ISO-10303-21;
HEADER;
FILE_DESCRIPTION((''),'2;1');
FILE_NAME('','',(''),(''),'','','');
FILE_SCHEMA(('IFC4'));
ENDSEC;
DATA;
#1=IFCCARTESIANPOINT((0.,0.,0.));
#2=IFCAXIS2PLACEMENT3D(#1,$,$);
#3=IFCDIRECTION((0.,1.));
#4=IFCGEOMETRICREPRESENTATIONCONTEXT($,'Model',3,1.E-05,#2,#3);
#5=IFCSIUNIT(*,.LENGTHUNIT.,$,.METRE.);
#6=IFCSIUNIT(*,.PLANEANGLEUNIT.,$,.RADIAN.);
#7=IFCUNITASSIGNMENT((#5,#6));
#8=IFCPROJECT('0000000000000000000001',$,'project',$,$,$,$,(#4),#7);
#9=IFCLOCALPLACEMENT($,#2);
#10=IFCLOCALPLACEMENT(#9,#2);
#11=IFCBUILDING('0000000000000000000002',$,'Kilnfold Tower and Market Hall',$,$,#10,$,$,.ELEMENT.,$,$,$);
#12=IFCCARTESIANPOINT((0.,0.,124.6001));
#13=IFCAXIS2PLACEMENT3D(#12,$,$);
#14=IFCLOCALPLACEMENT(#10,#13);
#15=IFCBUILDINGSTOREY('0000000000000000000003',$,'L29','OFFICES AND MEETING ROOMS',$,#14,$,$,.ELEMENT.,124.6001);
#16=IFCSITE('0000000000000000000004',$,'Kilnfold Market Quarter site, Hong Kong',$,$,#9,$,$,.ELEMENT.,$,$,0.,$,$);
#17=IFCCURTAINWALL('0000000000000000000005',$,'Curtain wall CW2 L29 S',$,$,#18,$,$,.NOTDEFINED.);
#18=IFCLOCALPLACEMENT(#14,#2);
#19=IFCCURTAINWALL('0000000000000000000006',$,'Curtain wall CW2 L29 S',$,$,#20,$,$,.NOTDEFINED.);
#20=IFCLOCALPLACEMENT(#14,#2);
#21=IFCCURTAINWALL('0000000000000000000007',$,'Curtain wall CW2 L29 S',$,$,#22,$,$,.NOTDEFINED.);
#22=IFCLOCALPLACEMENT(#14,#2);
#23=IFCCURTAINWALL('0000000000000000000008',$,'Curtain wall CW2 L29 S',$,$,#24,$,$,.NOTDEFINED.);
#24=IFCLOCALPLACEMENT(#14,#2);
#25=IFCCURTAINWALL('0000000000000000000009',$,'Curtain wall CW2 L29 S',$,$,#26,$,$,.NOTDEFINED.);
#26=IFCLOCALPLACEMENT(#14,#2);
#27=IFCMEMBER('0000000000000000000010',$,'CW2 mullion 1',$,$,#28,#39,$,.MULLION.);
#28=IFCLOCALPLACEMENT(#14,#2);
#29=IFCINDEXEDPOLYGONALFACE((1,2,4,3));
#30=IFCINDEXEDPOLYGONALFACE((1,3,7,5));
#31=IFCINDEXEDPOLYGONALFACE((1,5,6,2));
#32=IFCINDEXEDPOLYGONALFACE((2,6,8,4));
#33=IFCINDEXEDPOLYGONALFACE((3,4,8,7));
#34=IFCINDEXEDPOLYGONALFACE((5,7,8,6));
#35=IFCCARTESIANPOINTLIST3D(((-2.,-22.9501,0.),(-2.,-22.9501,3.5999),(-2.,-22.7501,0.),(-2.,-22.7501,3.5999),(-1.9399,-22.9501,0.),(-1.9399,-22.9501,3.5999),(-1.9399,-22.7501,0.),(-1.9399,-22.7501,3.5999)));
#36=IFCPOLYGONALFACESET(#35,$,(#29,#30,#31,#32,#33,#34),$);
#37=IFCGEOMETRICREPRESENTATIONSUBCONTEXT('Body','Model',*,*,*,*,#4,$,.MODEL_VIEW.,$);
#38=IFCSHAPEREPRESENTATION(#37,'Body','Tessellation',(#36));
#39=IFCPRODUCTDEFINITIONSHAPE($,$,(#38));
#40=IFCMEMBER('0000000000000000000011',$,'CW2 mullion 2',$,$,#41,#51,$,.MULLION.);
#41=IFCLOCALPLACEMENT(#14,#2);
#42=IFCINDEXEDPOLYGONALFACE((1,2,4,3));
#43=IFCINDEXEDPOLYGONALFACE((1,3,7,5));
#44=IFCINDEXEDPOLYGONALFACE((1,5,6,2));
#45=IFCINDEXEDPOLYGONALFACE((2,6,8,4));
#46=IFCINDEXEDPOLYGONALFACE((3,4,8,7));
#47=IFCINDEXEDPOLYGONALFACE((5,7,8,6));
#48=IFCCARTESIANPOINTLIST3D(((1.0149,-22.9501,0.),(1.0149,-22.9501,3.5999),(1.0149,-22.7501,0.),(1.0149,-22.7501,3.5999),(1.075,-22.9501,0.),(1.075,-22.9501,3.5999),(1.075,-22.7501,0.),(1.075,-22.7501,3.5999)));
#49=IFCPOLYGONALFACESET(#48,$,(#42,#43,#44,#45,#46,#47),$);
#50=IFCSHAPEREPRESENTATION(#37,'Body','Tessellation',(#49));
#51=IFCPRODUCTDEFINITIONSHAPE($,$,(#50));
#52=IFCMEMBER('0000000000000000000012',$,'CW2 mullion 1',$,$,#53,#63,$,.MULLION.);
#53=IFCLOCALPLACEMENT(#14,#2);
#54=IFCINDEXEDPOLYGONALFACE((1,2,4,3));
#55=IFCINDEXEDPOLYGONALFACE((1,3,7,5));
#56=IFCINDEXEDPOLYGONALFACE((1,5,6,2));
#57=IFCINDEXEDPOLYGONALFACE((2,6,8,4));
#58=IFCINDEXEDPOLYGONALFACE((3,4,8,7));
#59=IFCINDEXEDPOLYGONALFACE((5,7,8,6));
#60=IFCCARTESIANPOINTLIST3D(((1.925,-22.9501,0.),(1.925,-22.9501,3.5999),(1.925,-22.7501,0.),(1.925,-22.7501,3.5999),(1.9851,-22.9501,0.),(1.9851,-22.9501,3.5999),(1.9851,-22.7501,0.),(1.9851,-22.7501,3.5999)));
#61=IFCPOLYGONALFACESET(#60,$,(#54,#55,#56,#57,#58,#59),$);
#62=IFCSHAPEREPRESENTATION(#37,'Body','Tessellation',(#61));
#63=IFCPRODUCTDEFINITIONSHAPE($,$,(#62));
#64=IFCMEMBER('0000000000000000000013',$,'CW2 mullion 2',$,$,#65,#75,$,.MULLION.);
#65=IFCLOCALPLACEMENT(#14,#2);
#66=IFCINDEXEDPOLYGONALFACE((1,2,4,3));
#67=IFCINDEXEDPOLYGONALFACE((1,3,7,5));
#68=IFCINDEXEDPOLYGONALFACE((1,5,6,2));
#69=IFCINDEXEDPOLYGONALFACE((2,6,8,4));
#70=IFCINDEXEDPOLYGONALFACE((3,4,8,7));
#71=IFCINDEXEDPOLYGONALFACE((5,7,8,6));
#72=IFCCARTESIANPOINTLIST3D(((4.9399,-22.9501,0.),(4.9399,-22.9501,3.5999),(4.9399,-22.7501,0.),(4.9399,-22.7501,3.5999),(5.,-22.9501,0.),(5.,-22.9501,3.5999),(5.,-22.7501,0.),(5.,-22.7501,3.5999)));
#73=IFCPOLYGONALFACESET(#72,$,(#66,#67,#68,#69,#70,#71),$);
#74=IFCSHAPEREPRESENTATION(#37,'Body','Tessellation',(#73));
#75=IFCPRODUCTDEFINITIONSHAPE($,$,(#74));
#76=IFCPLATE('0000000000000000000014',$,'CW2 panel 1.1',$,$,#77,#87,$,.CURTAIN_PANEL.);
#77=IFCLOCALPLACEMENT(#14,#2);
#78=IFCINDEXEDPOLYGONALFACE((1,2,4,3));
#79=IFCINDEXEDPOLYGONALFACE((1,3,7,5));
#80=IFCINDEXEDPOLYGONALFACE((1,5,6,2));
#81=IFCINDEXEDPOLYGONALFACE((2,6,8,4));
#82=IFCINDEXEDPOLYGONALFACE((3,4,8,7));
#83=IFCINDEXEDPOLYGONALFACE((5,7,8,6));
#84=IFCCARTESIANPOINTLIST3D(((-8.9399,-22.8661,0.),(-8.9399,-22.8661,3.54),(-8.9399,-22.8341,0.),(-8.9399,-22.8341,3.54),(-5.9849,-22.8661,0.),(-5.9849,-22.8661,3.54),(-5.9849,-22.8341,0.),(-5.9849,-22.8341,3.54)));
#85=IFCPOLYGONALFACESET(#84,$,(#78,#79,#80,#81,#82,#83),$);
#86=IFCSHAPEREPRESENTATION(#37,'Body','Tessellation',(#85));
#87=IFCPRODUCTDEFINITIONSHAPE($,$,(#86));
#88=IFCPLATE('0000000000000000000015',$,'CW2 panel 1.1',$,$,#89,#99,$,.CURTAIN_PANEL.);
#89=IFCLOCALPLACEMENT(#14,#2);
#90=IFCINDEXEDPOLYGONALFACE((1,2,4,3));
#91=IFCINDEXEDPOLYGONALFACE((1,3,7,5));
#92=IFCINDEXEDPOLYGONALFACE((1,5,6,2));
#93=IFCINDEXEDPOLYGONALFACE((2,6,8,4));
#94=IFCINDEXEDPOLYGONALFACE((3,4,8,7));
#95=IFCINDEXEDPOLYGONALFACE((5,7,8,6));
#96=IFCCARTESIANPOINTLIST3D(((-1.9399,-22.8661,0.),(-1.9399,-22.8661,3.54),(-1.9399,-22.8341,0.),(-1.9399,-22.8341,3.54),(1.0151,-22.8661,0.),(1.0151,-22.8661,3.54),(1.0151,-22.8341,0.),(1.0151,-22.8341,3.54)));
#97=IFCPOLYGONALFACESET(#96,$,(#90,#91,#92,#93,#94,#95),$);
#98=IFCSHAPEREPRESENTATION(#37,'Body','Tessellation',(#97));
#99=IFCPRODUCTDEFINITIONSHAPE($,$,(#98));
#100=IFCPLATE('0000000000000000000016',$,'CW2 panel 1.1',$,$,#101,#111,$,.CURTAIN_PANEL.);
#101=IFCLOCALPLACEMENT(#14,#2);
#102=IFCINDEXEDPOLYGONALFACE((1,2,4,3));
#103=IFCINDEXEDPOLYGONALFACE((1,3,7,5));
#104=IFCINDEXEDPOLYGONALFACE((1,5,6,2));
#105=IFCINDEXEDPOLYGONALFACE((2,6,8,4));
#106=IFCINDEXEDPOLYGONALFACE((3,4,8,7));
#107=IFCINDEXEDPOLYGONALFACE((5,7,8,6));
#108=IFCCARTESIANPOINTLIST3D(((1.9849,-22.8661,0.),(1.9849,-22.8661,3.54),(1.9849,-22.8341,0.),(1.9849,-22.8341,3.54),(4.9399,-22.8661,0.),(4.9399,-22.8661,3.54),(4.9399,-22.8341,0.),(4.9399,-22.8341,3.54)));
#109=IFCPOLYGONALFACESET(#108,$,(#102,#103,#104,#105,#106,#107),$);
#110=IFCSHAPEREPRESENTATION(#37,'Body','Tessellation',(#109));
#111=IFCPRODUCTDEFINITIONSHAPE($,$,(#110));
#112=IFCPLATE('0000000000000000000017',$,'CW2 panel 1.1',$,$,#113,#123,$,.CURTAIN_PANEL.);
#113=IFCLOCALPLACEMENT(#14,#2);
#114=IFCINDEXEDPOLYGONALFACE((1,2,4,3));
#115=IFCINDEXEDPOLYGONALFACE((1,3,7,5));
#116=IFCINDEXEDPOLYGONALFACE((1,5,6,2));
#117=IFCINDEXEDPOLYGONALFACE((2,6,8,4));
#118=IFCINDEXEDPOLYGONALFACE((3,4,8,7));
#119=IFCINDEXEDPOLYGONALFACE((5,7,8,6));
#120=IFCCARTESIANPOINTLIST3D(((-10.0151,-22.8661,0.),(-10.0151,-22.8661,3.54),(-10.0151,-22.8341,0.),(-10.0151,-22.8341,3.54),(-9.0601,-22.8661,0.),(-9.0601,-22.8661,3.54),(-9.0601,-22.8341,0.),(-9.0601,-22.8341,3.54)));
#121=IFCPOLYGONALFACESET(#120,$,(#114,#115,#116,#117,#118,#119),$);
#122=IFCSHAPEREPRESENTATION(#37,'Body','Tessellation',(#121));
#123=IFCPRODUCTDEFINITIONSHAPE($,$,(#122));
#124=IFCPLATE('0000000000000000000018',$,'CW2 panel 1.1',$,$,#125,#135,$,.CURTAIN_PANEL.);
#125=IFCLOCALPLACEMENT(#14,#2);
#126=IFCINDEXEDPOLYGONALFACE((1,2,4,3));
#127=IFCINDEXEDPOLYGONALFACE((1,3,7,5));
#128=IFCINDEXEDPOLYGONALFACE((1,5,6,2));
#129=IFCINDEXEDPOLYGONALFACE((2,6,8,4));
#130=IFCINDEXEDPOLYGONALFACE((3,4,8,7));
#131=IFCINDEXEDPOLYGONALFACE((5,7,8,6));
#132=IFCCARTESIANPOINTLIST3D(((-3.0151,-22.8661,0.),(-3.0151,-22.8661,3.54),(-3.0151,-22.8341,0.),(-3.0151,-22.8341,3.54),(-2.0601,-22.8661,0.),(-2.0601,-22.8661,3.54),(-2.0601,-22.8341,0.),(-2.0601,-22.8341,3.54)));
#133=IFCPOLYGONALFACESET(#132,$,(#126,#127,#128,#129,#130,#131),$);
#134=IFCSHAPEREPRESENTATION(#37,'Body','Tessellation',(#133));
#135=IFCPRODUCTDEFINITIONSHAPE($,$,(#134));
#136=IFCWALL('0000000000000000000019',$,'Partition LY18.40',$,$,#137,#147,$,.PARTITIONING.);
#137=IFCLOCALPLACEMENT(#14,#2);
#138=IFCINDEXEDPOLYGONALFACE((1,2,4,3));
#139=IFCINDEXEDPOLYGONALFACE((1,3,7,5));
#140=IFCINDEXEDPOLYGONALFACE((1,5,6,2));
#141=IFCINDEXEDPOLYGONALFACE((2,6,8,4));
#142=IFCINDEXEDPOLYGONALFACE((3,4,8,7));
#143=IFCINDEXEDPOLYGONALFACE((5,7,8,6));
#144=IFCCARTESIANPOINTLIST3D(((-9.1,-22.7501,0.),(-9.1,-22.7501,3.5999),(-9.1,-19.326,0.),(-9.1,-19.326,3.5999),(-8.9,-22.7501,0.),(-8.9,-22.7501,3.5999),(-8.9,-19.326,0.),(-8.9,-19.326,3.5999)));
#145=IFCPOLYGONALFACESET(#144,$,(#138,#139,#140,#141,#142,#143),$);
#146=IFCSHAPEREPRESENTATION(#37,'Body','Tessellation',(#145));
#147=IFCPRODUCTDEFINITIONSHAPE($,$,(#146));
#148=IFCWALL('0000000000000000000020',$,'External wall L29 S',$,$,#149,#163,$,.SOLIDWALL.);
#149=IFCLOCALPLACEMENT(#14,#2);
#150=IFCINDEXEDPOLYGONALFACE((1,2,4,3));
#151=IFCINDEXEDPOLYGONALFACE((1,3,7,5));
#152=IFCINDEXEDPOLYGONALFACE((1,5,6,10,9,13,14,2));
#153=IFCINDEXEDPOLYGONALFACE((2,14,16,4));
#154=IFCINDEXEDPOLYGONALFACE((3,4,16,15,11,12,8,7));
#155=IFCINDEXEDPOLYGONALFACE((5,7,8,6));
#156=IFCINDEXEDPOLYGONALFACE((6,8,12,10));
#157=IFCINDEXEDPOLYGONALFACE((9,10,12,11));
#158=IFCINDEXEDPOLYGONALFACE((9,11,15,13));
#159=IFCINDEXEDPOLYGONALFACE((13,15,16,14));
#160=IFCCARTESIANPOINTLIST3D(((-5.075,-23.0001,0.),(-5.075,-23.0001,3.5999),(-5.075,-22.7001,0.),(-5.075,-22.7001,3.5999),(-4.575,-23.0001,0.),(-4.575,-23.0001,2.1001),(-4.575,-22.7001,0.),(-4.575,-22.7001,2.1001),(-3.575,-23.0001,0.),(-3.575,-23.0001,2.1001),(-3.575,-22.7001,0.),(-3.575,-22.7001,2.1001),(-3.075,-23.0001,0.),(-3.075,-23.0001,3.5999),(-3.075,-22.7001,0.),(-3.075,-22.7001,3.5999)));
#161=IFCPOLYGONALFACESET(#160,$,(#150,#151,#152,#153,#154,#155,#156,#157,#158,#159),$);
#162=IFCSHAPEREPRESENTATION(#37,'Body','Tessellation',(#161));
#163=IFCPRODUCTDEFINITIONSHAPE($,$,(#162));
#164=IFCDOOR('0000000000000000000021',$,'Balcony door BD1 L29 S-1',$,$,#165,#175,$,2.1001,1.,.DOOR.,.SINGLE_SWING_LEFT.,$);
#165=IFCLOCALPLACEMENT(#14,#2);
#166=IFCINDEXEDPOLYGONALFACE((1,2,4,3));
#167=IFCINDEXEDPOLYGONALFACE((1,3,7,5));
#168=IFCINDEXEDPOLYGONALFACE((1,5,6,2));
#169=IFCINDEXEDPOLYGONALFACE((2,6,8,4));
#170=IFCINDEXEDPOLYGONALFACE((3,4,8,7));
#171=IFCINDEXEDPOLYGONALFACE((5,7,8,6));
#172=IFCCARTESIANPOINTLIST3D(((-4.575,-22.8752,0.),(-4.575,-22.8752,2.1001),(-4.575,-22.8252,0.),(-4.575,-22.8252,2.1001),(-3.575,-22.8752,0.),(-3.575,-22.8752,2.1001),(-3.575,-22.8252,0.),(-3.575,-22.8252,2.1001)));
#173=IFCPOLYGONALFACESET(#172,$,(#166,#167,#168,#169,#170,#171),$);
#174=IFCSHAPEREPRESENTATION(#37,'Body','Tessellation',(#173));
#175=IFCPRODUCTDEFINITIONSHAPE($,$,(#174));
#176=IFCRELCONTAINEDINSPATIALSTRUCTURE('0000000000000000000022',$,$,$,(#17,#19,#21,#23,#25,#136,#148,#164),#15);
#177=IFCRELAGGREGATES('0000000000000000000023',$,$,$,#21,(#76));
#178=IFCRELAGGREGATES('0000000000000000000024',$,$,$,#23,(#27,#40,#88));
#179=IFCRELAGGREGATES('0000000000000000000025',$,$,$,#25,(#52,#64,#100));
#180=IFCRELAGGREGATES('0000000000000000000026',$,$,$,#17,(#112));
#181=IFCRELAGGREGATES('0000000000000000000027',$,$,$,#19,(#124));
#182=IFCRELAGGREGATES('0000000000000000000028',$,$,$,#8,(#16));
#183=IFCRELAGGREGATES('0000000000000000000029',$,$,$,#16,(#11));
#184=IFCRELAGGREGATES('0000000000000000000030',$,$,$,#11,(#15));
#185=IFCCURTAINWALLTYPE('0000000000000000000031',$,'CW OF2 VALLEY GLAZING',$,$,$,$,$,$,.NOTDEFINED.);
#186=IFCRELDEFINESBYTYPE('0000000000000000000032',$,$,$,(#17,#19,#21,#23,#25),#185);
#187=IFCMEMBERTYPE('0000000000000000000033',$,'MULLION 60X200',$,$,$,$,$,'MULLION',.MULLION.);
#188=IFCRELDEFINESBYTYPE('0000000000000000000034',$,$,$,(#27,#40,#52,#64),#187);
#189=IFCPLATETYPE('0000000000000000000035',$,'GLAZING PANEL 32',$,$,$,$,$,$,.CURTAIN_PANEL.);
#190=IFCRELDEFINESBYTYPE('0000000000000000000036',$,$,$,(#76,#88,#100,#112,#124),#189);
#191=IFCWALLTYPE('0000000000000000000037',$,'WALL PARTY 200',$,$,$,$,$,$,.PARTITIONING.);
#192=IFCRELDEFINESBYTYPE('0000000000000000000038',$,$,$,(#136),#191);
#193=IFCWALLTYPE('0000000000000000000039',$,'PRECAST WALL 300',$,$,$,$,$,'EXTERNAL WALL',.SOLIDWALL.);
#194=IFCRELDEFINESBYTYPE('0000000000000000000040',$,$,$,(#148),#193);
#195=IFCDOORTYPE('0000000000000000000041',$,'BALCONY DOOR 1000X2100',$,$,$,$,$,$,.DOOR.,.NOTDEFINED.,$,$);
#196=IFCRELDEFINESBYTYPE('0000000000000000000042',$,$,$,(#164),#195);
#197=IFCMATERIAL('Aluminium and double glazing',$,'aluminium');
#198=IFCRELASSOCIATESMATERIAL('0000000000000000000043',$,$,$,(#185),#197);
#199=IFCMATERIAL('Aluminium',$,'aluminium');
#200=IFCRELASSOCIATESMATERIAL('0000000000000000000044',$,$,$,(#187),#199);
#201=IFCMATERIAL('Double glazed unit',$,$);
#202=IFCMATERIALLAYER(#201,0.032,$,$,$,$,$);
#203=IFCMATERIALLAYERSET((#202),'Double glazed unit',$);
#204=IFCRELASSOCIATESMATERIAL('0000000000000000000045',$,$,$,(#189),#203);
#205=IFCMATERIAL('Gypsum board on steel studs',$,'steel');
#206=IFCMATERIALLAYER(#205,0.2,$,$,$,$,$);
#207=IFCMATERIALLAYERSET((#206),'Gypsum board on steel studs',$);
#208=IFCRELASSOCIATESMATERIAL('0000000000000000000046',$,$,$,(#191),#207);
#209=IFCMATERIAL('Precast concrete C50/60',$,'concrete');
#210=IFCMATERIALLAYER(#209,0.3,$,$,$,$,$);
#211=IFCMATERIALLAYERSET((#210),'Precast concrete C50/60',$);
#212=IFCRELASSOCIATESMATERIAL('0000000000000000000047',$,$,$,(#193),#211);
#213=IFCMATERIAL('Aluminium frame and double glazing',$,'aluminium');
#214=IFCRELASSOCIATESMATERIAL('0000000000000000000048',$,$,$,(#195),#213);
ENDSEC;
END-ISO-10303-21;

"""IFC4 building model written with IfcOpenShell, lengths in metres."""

from ifc_helpers import new_model, si_unit, direction, frame, frame_2d, origin, origin_2d, place, context, subcontext, project, spatial, rectangle, extrude, source, transform, mapped, material, layer, layer_set, material_profile, profile_set, type_object, element, fill, aggregate, save


model = new_model("IFC4")

# Units and contexts
model_context = context("Model", 3, precision=1e-05, world=origin(), true_north=direction((0.0, 1.0)))
body_context = subcontext(model_context, "Body", "Model", "MODEL_VIEW")
ifc_project = project(units=[si_unit("LENGTHUNIT", "METRE"), si_unit("PLANEANGLEUNIT", "RADIAN")], contexts=[model_context])

# Site, building, storey
site_placement = place(None, origin())
site = spatial("IfcSite", under=ifc_project, at=site_placement, Name="Kilnfold Market Quarter site, Hong Kong", CompositionType="ELEMENT", RefElevation=0.0)
building_placement = place(site_placement, origin())
building = spatial("IfcBuilding", under=site, at=building_placement, Name="Kilnfold Tower and Market Hall", CompositionType="ELEMENT")
storey_placement = place(building_placement, frame((0.0, 0.0, 124.6001)))
storey = spatial("IfcBuildingStorey", under=building, at=storey_placement, Name="L29", Description="OFFICES AND MEETING ROOMS", CompositionType="ELEMENT", Elevation=124.6001)

# Curtain walls
ifc_material_1 = material(Name="Aluminium and double glazing", Category="aluminium")
curtain_wall_type = type_object("IfcCurtainWallType", Name="CW OF2 VALLEY GLAZING", PredefinedType="NOTDEFINED", material=ifc_material_1)
curtain_wall_1_placement = place(storey_placement, origin())
curtain_wall_1 = element("IfcCurtainWall", 1, at=curtain_wall_1_placement, inside=storey, type_object=curtain_wall_type, Name="Curtain wall CW2 L29 S", PredefinedType="NOTDEFINED")
curtain_wall_2_placement = place(storey_placement, origin())
curtain_wall_2 = element("IfcCurtainWall", 2, at=curtain_wall_2_placement, inside=storey, type_object=curtain_wall_type, Name="Curtain wall CW2 L29 S", PredefinedType="NOTDEFINED")
curtain_wall_3_placement = place(storey_placement, origin())
curtain_wall_3 = element("IfcCurtainWall", 3, at=curtain_wall_3_placement, inside=storey, type_object=curtain_wall_type, Name="Curtain wall CW2 L29 S", PredefinedType="NOTDEFINED")
curtain_wall_4_placement = place(storey_placement, origin())
curtain_wall_4 = element("IfcCurtainWall", 4, at=curtain_wall_4_placement, inside=storey, type_object=curtain_wall_type, Name="Curtain wall CW2 L29 S", PredefinedType="NOTDEFINED")
curtain_wall_5_placement = place(storey_placement, origin())
curtain_wall_5 = element("IfcCurtainWall", 5, at=curtain_wall_5_placement, inside=storey, type_object=curtain_wall_type, Name="Curtain wall CW2 L29 S", PredefinedType="NOTDEFINED")

# Members
ifc_material_2 = material(Name="Aluminium", Category="aluminium")
ifc_material_profile_1 = material_profile(ifc_material_2, rectangle(XDim=0.0601, YDim=0.2, at=origin_2d()), Name="MULLION 60x200")
ifc_profile_set_1 = profile_set([ifc_material_profile_1], Name="Aluminium")
member_type_1 = type_object("IfcMemberType", Name="MULLION 60X200", ElementType="MULLION", PredefinedType="MULLION", material=ifc_profile_set_1)
shared_shape_1 = source(origin(), body_context, "Body", "SweptSolid", [
    extrude(rectangle(XDim=0.0601, YDim=0.2, at=origin_2d()), origin(), (0.0, 0.0, 1.0), 3.5999),
])
member_1_placement = place(storey_placement, frame((-1.97, -22.8501, 0.0), z_axis=(0.0, 0.0, 1.0), x_axis=(1.0, 0.0, 0.0)))
member_1 = element("IfcMember", 6, at=member_1_placement, type_object=member_type_1, Name="CW2 mullion 1", PredefinedType="MULLION", context=body_context, shape_type="MappedRepresentation", body=[
    mapped(shared_shape_1, transform((0.0, 0.0, 0.0))),
])
member_2_placement = place(storey_placement, frame((1.0449, -22.8501, 0.0), z_axis=(0.0, 0.0, 1.0), x_axis=(1.0, 0.0, 0.0)))
member_2 = element("IfcMember", 7, at=member_2_placement, type_object=member_type_1, Name="CW2 mullion 2", PredefinedType="MULLION", context=body_context, shape_type="MappedRepresentation", body=[
    mapped(shared_shape_1, transform((0.0, 0.0, 0.0))),
])
member_3_placement = place(storey_placement, frame((1.9551, -22.8501, 0.0), z_axis=(0.0, 0.0, 1.0), x_axis=(1.0, 0.0, 0.0)))
member_3 = element("IfcMember", 8, at=member_3_placement, type_object=member_type_1, Name="CW2 mullion 1", PredefinedType="MULLION", context=body_context, shape_type="MappedRepresentation", body=[
    mapped(shared_shape_1, transform((0.0, 0.0, 0.0))),
])
member_4_placement = place(storey_placement, frame((4.97, -22.8501, 0.0), z_axis=(0.0, 0.0, 1.0), x_axis=(1.0, 0.0, 0.0)))
member_4 = element("IfcMember", 9, at=member_4_placement, type_object=member_type_1, Name="CW2 mullion 2", PredefinedType="MULLION", context=body_context, shape_type="MappedRepresentation", body=[
    mapped(shared_shape_1, transform((0.0, 0.0, 0.0))),
])

# Plates
ifc_material_3 = material(Name="Double glazed unit")
ifc_layer_1 = layer(ifc_material_3, 0.032)
ifc_layer_set_1 = layer_set([ifc_layer_1], Name="Double glazed unit")
plate_type = type_object("IfcPlateType", Name="GLAZING PANEL 32", PredefinedType="CURTAIN_PANEL", material=ifc_layer_set_1)
shared_shape_2 = source(origin(), body_context, "Body", "SweptSolid", [
    extrude(rectangle(XDim=2.9551, YDim=0.032, at=origin_2d()), origin(), (0.0, 0.0, 1.0), 3.54),
])
plate_1_placement = place(storey_placement, frame((-7.4624, -22.8501, 0.0), z_axis=(0.0, 0.0, 1.0), x_axis=(1.0, 0.0, 0.0)))
plate_1 = element("IfcPlate", 10, at=plate_1_placement, type_object=plate_type, Name="CW2 panel 1.1", PredefinedType="CURTAIN_PANEL", context=body_context, shape_type="MappedRepresentation", body=[
    mapped(shared_shape_2, transform((0.0, 0.0, 0.0))),
])
aggregate(curtain_wall_3, [plate_1])
plate_2_placement = place(storey_placement, frame((-0.4624, -22.8501, 0.0), z_axis=(0.0, 0.0, 1.0), x_axis=(1.0, 0.0, 0.0)))
plate_2 = element("IfcPlate", 11, at=plate_2_placement, type_object=plate_type, Name="CW2 panel 1.1", PredefinedType="CURTAIN_PANEL", context=body_context, shape_type="MappedRepresentation", body=[
    mapped(shared_shape_2, transform((0.0, 0.0, 0.0))),
])
aggregate(curtain_wall_4, [member_1, member_2, plate_2])
plate_3_placement = place(storey_placement, frame((3.4624, -22.8501, 0.0), z_axis=(0.0, 0.0, 1.0), x_axis=(1.0, 0.0, 0.0)))
plate_3 = element("IfcPlate", 12, at=plate_3_placement, type_object=plate_type, Name="CW2 panel 1.1", PredefinedType="CURTAIN_PANEL", context=body_context, shape_type="MappedRepresentation", body=[
    mapped(shared_shape_2, transform((0.0, 0.0, 0.0))),
])
aggregate(curtain_wall_5, [member_3, member_4, plate_3])
shared_shape_3 = source(origin(), body_context, "Body", "SweptSolid", [
    extrude(rectangle(XDim=0.9551, YDim=0.032, at=origin_2d()), origin(), (0.0, 0.0, 1.0), 3.54),
])
plate_4_placement = place(storey_placement, frame((-9.5376, -22.8501, 0.0), z_axis=(0.0, 0.0, 1.0), x_axis=(1.0, 0.0, 0.0)))
plate_4 = element("IfcPlate", 13, at=plate_4_placement, type_object=plate_type, Name="CW2 panel 1.1", PredefinedType="CURTAIN_PANEL", context=body_context, shape_type="MappedRepresentation", body=[
    mapped(shared_shape_3, transform((0.0, 0.0, 0.0))),
])
aggregate(curtain_wall_1, [plate_4])
plate_5_placement = place(storey_placement, frame((-2.5376, -22.8501, 0.0), z_axis=(0.0, 0.0, 1.0), x_axis=(1.0, 0.0, 0.0)))
plate_5 = element("IfcPlate", 14, at=plate_5_placement, type_object=plate_type, Name="CW2 panel 1.1", PredefinedType="CURTAIN_PANEL", context=body_context, shape_type="MappedRepresentation", body=[
    mapped(shared_shape_3, transform((0.0, 0.0, 0.0))),
])
aggregate(curtain_wall_2, [plate_5])

# Wall
ifc_material_4 = material(Name="Gypsum board on steel studs", Category="steel")
ifc_layer_2 = layer(ifc_material_4, 0.2)
ifc_layer_set_2 = layer_set([ifc_layer_2], Name="Gypsum board on steel studs")
wall_type_1 = type_object("IfcWallType", Name="WALL PARTY 200", PredefinedType="PARTITIONING", material=ifc_layer_set_2)
wall_1_placement = place(storey_placement, frame((-9.0, -22.75, 0.0), z_axis=(0.0, 0.0, 1.0), x_axis=(0.0, 1.0, 0.0)))
element("IfcWall", 15, at=wall_1_placement, inside=storey, type_object=wall_type_1, Name="Partition LY18.40", PredefinedType="PARTITIONING", context=body_context, shape_type="SweptSolid", body=[
    extrude(rectangle(XDim=3.4241, YDim=0.2, at=frame_2d((1.7119, 0.0))), origin(), (0.0, 0.0, 1.0), 3.5999),
])

# Wall, opening, door
ifc_material_5 = material(Name="Precast concrete C50/60", Category="concrete")
ifc_layer_3 = layer(ifc_material_5, 0.3)
ifc_layer_set_3 = layer_set([ifc_layer_3], Name="Precast concrete C50/60")
wall_type_2 = type_object("IfcWallType", Name="PRECAST WALL 300", ElementType="EXTERNAL WALL", PredefinedType="SOLIDWALL", material=ifc_layer_set_3)
shared_shape_4 = source(origin(), body_context, "Body", "SweptSolid", [
    extrude(rectangle(XDim=2.0, YDim=0.3, at=frame_2d((1.0, 0.0))), origin(), (0.0, 0.0, 1.0), 3.5999),
])
wall_2_placement = place(storey_placement, frame((-5.075, -22.8501, 0.0), z_axis=(0.0, 0.0, 1.0), x_axis=(1.0, 0.0, 0.0)))
wall_2 = element("IfcWall", 16, at=wall_2_placement, inside=storey, type_object=wall_type_2, Name="External wall L29 S", PredefinedType="SOLIDWALL", context=body_context, shape_type="MappedRepresentation", body=[
    mapped(shared_shape_4, transform((0.0, 0.0, 0.0))),
])
opening_placement = place(wall_2_placement, frame((0.5, 0.0, 0.0)))
opening = element("IfcOpeningElement", 17, at=opening_placement, cuts=wall_2, PredefinedType="OPENING", context=body_context, shape_type="SweptSolid", body=[
    extrude(rectangle(XDim=1.0, YDim=2.1001, at=frame_2d((0.5, 1.05))), frame((0.0, 0.1602, 0.0), z_axis=(0.0, -1.0, 0.0), x_axis=(1.0, 0.0, 0.0)), (0.0, 0.0, 1.0), 0.3201),
])
ifc_material_6 = material(Name="Aluminium frame and double glazing", Category="aluminium")
door_type = type_object("IfcDoorType", Name="BALCONY DOOR 1000X2100", OperationType="NOTDEFINED", PredefinedType="DOOR", material=ifc_material_6)
door_placement = place(opening_placement, origin())
door = element("IfcDoor", 18, at=door_placement, inside=storey, type_object=door_type, Name="Balcony door BD1 L29 S-1", OperationType="SINGLE_SWING_LEFT", OverallHeight=2.1001, OverallWidth=1.0, PredefinedType="DOOR", context=body_context, shape_type="SweptSolid", body=[
    extrude(rectangle(XDim=1.0, YDim=2.1001, at=frame_2d((0.5, 1.05))), frame((0.0, 0.0249, 0.0), z_axis=(0.0, -1.0, 0.0), x_axis=(1.0, 0.0, 0.0)), (0.0, 0.0, 1.0), 0.05),
])
fill(opening, door)

save(model, "model.ifc")
